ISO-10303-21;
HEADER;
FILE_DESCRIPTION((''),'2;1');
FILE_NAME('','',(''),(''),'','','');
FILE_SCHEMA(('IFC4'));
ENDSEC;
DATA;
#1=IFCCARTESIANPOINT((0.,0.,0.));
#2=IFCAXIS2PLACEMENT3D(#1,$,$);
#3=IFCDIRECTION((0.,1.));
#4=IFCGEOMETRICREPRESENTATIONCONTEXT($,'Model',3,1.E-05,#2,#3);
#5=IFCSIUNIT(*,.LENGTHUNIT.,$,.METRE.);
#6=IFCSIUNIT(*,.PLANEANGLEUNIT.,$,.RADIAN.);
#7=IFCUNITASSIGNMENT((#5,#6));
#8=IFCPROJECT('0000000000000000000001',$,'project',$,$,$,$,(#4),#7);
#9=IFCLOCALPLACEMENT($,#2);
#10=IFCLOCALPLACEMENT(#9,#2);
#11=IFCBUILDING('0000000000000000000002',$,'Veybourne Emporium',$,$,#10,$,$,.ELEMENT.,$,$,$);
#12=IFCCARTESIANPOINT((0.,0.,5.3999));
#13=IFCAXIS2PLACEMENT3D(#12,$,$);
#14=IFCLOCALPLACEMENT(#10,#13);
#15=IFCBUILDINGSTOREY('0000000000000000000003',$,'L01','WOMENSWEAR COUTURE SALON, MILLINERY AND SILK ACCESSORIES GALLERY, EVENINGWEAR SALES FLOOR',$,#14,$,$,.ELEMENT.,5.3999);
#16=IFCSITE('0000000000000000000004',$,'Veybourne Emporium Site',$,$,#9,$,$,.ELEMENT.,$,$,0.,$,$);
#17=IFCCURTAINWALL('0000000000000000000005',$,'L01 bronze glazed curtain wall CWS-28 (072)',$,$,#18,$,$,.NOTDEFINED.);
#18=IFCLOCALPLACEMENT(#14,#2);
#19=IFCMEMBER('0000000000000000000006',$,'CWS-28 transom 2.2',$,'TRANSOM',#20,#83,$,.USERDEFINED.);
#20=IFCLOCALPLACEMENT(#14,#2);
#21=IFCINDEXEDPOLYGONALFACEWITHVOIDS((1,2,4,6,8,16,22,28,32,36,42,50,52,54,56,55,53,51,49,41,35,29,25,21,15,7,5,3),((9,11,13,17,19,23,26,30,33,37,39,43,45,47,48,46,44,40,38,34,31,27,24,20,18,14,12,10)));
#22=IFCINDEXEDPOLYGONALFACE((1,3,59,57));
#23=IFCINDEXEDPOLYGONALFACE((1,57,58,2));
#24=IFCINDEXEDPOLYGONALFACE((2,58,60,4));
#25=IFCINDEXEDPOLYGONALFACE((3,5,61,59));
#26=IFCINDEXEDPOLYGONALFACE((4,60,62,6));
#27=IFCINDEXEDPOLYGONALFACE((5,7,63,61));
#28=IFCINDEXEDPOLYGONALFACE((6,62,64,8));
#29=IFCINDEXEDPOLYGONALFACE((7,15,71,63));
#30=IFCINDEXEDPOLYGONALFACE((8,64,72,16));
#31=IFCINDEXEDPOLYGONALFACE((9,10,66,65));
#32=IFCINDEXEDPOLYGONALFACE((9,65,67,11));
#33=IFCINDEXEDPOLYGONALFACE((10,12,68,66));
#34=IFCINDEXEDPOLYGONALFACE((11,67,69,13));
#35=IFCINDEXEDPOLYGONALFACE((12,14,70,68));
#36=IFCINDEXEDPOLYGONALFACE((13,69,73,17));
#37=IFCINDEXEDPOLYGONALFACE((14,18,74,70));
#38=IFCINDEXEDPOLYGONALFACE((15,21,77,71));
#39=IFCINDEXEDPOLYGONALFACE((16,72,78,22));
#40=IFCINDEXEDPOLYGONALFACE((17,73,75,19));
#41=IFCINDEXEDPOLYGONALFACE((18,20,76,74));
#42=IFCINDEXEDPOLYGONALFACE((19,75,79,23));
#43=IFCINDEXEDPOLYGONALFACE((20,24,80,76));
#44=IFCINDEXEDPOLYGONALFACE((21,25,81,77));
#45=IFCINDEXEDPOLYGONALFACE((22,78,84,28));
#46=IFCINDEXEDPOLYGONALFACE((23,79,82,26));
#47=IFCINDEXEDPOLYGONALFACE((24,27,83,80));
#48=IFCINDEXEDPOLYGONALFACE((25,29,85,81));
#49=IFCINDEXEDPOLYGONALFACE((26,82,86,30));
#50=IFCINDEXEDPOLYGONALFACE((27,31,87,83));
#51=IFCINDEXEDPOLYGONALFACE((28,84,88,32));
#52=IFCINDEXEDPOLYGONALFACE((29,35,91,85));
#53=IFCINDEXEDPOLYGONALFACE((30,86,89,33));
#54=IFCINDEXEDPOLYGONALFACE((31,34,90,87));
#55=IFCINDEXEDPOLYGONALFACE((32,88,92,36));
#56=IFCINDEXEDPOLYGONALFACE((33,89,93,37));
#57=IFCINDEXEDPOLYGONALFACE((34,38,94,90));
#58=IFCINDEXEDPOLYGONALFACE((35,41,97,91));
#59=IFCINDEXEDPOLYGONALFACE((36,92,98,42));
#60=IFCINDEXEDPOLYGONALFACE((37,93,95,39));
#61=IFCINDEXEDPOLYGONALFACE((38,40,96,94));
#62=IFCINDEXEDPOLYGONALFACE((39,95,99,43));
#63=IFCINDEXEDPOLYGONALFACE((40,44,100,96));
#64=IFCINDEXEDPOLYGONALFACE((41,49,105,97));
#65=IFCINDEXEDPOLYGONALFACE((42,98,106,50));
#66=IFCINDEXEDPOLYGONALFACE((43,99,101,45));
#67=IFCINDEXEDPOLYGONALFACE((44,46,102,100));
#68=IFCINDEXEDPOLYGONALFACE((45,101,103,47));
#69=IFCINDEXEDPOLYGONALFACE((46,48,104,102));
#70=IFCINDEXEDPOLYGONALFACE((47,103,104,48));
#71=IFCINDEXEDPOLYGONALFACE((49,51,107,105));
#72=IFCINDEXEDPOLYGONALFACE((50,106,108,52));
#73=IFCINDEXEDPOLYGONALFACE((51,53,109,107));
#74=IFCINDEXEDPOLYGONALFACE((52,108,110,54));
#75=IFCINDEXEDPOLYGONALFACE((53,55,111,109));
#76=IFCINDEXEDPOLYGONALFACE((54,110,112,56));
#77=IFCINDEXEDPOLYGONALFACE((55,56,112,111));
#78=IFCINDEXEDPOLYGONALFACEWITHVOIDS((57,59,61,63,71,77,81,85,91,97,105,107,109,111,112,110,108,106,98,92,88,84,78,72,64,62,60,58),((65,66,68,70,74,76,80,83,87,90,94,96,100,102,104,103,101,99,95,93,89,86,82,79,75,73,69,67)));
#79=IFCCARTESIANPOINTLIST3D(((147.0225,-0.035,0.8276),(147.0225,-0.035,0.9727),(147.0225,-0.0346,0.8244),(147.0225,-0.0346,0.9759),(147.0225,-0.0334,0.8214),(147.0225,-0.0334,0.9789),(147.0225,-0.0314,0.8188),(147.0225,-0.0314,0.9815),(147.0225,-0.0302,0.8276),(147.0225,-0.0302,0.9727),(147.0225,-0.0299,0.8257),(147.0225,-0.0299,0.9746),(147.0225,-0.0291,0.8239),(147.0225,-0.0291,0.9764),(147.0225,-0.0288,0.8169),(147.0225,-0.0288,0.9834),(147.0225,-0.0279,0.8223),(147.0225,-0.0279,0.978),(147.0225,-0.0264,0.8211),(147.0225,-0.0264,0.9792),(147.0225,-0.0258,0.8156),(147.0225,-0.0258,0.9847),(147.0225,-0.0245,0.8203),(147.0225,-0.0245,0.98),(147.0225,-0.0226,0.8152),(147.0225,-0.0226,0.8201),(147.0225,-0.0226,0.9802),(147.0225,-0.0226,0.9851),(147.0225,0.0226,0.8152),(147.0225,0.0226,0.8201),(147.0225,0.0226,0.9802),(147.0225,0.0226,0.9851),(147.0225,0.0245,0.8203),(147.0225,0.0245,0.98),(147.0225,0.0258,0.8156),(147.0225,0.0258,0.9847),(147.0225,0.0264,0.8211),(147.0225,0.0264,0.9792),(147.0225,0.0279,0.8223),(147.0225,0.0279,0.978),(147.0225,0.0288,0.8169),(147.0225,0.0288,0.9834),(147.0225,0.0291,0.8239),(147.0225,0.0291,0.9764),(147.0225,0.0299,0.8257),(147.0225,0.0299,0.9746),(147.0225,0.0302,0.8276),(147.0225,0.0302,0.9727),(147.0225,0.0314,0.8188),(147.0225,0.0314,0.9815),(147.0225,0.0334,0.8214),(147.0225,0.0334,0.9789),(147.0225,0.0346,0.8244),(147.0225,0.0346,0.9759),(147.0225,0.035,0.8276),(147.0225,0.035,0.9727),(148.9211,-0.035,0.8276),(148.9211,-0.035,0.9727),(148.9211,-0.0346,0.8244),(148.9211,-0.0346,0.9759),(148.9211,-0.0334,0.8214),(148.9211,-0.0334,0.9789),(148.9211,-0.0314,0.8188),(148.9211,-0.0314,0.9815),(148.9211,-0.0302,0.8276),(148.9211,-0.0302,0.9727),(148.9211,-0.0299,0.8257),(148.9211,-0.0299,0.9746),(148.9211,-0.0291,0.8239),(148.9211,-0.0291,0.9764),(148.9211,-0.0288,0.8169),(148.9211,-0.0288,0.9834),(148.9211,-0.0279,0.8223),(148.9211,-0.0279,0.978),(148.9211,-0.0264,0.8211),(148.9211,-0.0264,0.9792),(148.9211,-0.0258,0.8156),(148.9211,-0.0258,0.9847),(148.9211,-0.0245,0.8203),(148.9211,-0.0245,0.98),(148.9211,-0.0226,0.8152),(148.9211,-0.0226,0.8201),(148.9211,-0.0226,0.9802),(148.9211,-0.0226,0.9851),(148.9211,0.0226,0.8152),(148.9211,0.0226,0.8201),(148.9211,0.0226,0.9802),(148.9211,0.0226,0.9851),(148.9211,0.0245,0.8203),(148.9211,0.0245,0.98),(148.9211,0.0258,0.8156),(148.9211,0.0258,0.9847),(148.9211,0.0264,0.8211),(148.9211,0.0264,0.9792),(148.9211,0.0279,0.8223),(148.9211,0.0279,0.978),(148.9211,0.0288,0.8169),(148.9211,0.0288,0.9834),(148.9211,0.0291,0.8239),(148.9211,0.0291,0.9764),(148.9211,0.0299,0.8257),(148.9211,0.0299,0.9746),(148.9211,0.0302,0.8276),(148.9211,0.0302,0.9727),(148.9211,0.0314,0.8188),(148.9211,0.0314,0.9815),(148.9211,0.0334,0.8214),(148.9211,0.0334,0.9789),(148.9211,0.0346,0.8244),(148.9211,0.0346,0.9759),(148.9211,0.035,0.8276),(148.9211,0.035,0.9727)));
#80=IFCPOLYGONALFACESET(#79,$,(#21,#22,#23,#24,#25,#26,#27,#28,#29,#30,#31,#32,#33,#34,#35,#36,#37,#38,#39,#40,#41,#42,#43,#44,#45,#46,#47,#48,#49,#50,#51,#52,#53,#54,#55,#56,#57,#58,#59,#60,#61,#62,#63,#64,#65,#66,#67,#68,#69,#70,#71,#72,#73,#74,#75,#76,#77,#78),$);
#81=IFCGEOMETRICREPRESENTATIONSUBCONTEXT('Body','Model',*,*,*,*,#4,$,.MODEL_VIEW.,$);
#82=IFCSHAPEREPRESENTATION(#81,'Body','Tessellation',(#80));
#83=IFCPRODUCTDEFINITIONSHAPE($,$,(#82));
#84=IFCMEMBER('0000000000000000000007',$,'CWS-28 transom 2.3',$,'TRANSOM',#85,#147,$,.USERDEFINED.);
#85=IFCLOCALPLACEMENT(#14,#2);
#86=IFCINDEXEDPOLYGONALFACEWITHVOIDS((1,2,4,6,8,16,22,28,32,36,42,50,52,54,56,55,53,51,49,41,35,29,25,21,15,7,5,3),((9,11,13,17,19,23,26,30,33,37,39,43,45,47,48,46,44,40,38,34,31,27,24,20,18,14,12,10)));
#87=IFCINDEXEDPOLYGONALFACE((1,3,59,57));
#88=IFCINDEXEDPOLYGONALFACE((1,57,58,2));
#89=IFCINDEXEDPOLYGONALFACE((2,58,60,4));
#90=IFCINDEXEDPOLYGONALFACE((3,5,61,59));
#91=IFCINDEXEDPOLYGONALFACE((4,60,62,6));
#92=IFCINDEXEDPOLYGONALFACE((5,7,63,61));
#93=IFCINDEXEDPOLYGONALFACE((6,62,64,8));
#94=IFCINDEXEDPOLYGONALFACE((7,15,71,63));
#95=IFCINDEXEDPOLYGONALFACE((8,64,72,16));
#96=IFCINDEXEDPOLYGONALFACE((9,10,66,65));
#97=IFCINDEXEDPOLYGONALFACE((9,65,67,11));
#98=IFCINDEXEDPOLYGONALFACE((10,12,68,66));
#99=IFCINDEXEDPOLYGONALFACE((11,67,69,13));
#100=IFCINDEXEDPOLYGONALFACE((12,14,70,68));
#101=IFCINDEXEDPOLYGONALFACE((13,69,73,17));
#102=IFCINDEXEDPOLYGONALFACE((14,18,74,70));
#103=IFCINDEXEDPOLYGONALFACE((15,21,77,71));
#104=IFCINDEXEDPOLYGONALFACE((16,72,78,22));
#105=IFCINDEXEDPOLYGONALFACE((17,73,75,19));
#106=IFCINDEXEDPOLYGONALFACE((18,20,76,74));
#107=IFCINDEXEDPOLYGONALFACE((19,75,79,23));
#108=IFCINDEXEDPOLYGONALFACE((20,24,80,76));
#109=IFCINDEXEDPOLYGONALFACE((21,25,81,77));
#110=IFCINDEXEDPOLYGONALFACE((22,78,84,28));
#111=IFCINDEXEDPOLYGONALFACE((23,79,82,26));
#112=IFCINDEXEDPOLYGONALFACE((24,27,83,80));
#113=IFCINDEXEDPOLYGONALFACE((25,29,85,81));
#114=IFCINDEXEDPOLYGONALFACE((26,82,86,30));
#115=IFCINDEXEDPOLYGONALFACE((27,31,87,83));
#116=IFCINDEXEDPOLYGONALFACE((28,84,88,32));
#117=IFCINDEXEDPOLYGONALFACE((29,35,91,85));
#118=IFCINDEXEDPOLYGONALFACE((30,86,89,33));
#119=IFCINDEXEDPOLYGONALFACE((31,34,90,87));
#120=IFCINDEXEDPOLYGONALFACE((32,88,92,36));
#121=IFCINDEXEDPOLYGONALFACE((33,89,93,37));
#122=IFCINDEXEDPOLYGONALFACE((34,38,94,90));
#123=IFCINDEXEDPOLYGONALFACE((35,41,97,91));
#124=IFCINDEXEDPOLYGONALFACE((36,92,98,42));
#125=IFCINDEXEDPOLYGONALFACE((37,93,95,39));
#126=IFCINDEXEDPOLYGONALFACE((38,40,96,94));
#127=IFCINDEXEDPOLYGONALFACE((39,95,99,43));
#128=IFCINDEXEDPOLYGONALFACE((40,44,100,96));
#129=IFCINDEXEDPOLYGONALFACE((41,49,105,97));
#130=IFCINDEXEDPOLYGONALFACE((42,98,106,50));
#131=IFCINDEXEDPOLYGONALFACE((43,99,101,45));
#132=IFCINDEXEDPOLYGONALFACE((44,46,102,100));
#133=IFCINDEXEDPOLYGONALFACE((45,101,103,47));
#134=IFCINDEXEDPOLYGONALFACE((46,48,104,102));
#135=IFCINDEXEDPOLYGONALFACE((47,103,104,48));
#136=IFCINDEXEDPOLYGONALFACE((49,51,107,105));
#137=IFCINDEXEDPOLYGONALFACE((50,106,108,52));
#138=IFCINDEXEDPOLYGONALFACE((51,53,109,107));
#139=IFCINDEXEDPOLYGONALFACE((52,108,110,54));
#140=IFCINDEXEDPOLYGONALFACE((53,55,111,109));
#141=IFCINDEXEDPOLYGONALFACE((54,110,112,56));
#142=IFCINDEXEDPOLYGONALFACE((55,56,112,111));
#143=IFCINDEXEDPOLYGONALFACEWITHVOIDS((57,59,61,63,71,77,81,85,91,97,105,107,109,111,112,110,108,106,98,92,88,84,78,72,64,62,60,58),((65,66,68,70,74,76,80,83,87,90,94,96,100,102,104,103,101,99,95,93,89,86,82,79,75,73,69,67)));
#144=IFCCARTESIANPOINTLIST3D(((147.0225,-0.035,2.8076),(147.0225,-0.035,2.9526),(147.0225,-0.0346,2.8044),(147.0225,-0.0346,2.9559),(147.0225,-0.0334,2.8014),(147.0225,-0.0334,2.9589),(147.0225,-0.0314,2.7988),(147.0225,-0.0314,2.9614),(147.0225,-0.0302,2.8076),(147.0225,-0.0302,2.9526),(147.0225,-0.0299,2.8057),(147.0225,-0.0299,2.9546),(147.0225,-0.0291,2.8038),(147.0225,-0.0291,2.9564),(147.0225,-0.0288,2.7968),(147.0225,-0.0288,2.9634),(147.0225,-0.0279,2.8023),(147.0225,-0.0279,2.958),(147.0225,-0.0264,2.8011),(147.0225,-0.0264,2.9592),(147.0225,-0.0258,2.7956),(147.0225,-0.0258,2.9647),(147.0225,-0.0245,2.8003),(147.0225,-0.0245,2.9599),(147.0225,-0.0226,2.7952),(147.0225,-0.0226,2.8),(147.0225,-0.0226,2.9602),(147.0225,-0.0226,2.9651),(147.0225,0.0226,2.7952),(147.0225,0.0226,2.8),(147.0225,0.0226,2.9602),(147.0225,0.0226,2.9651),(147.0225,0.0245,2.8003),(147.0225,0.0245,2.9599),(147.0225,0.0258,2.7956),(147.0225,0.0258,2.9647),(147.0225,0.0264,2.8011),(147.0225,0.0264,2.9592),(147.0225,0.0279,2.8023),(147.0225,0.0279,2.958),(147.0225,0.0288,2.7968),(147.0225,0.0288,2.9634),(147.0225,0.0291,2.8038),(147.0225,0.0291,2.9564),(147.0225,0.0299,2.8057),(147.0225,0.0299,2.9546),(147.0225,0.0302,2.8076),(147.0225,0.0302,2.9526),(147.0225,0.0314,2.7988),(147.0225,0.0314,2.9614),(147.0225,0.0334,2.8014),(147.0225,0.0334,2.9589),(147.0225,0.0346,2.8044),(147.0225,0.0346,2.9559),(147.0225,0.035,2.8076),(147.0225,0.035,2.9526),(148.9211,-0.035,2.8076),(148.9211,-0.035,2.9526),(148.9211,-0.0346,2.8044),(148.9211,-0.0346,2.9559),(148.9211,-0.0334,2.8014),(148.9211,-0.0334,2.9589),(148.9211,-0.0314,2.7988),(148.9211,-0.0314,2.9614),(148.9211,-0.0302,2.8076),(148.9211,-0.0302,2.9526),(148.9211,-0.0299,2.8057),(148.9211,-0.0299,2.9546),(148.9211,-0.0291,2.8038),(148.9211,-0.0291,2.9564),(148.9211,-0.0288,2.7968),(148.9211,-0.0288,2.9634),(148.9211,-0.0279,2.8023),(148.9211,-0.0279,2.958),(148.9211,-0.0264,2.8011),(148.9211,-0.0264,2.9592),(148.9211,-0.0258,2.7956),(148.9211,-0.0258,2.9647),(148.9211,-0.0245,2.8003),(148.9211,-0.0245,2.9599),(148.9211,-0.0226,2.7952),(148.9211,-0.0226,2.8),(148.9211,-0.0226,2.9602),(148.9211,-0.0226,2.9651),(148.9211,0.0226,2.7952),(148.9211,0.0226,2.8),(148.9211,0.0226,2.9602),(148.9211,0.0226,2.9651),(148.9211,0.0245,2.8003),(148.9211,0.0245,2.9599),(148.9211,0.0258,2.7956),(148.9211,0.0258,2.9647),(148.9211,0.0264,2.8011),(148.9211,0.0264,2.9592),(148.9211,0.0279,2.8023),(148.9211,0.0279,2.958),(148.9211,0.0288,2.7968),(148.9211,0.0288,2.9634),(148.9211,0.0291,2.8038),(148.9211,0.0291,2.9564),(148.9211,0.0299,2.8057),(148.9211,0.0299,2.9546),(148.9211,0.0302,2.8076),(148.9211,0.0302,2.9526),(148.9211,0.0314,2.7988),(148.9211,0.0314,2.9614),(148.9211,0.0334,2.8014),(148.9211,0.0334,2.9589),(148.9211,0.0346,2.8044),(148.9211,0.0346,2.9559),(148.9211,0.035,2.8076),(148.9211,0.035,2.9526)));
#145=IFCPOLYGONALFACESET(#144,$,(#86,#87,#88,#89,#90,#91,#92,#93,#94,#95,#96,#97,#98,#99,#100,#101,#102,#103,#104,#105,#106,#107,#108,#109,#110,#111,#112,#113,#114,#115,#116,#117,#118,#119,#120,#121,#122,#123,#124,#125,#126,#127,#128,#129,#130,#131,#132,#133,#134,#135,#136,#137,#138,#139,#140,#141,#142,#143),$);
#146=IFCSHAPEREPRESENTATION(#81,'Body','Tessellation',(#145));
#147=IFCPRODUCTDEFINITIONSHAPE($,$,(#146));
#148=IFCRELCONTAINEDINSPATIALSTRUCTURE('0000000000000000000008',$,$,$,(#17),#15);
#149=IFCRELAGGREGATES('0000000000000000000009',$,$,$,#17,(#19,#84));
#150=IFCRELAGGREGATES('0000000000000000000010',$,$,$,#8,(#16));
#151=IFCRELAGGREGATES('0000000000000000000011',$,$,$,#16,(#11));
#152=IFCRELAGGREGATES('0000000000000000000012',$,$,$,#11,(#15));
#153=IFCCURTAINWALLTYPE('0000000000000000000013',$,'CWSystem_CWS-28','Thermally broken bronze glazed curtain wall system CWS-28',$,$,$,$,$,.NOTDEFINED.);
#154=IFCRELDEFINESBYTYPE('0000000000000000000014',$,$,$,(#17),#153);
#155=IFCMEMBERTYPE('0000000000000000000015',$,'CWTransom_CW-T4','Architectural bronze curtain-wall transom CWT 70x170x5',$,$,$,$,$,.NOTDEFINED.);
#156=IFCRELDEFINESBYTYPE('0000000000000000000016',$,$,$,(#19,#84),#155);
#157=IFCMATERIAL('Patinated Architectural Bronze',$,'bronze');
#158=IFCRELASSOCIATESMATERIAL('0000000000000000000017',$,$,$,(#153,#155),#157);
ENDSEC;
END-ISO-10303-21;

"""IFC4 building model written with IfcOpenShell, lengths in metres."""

from ifc_helpers import new_model, si_unit, direction, frame, origin, origin_2d, place, context, subcontext, project, spatial, hollow_rectangle, extrude, material, material_profile, profile_set, type_object, element, aggregate, save


model = new_model("IFC4")

# Units and contexts
model_context = context("Model", 3, precision=1e-05, world=origin(), true_north=direction((0.0, 1.0)))
body_context = subcontext(model_context, "Body", "Model", "MODEL_VIEW")
ifc_project = project(units=[si_unit("LENGTHUNIT", "METRE"), si_unit("PLANEANGLEUNIT", "RADIAN")], contexts=[model_context])

# Site, building, storey
site_placement = place(None, origin())
site = spatial("IfcSite", under=ifc_project, at=site_placement, Name="Veybourne Emporium Site", CompositionType="ELEMENT", RefElevation=0.0)
building_placement = place(site_placement, origin())
building = spatial("IfcBuilding", under=site, at=building_placement, Name="Veybourne Emporium", CompositionType="ELEMENT")
storey_placement = place(building_placement, frame((0.0, 0.0, 5.3999)))
storey = spatial("IfcBuildingStorey", under=building, at=storey_placement, Name="L01", Description="WOMENSWEAR COUTURE SALON, MILLINERY AND SILK ACCESSORIES GALLERY, EVENINGWEAR SALES FLOOR", CompositionType="ELEMENT", Elevation=5.3999)

# Shared definitions
ifc_material_1 = material(Name="Patinated Architectural Bronze", Category="bronze")

# Curtain wall, members
curtain_wall_type_1 = type_object("IfcCurtainWallType", Name="CWSystem_CWS-28", Description="Thermally broken bronze glazed curtain wall system CWS-28", PredefinedType="NOTDEFINED", material=ifc_material_1)
curtain_wall_1_placement = place(storey_placement, origin())
curtain_wall_1 = element("IfcCurtainWall", 1, at=curtain_wall_1_placement, inside=storey, type_object=curtain_wall_type_1, Name="L01 bronze glazed curtain wall CWS-28 (072)", PredefinedType="NOTDEFINED")
ifc_material_profile_1 = material_profile(ifc_material_1, hollow_rectangle(XDim=0.0701, YDim=0.1699, WallThickness=0.0049, InnerFilletRadius=0.0076, OuterFilletRadius=0.0125, at=origin_2d()), Name="CWT 70x170x5")
ifc_profile_set_1 = profile_set([ifc_material_profile_1], Name="Patinated Architectural Bronze")
member_type_1 = type_object("IfcMemberType", Name="CWTransom_CW-T4", Description="Architectural bronze curtain-wall transom CWT 70x170x5", PredefinedType="NOTDEFINED", material=ifc_profile_set_1)
member_1_placement = place(storey_placement, frame((148.9211, 0.0, 0.9001), z_axis=(-1.0, 0.0, 0.0), x_axis=(0.0, -1.0, 0.0)))
member_1 = element("IfcMember", 2, at=member_1_placement, type_object=member_type_1, Name="CWS-28 transom 2.2", ObjectType="TRANSOM", PredefinedType="USERDEFINED", context=body_context, shape_type="SweptSolid", body=[
    extrude(hollow_rectangle(XDim=0.0701, YDim=0.1699, WallThickness=0.0049, InnerFilletRadius=0.0076, OuterFilletRadius=0.0125, at=origin_2d()), origin(), (0.0, 0.0, 1.0), 1.8987),
])
member_2_placement = place(storey_placement, frame((148.9211, 0.0, 2.8801), z_axis=(-1.0, 0.0, 0.0), x_axis=(0.0, -1.0, 0.0)))
member_2 = element("IfcMember", 3, at=member_2_placement, type_object=member_type_1, Name="CWS-28 transom 2.3", ObjectType="TRANSOM", PredefinedType="USERDEFINED", context=body_context, shape_type="SweptSolid", body=[
    extrude(hollow_rectangle(XDim=0.0701, YDim=0.1699, WallThickness=0.0049, InnerFilletRadius=0.0076, OuterFilletRadius=0.0125, at=origin_2d()), origin(), (0.0, 0.0, 1.0), 1.8987),
])

aggregate(curtain_wall_1, [member_1, member_2])

save(model, "model.ifc")
